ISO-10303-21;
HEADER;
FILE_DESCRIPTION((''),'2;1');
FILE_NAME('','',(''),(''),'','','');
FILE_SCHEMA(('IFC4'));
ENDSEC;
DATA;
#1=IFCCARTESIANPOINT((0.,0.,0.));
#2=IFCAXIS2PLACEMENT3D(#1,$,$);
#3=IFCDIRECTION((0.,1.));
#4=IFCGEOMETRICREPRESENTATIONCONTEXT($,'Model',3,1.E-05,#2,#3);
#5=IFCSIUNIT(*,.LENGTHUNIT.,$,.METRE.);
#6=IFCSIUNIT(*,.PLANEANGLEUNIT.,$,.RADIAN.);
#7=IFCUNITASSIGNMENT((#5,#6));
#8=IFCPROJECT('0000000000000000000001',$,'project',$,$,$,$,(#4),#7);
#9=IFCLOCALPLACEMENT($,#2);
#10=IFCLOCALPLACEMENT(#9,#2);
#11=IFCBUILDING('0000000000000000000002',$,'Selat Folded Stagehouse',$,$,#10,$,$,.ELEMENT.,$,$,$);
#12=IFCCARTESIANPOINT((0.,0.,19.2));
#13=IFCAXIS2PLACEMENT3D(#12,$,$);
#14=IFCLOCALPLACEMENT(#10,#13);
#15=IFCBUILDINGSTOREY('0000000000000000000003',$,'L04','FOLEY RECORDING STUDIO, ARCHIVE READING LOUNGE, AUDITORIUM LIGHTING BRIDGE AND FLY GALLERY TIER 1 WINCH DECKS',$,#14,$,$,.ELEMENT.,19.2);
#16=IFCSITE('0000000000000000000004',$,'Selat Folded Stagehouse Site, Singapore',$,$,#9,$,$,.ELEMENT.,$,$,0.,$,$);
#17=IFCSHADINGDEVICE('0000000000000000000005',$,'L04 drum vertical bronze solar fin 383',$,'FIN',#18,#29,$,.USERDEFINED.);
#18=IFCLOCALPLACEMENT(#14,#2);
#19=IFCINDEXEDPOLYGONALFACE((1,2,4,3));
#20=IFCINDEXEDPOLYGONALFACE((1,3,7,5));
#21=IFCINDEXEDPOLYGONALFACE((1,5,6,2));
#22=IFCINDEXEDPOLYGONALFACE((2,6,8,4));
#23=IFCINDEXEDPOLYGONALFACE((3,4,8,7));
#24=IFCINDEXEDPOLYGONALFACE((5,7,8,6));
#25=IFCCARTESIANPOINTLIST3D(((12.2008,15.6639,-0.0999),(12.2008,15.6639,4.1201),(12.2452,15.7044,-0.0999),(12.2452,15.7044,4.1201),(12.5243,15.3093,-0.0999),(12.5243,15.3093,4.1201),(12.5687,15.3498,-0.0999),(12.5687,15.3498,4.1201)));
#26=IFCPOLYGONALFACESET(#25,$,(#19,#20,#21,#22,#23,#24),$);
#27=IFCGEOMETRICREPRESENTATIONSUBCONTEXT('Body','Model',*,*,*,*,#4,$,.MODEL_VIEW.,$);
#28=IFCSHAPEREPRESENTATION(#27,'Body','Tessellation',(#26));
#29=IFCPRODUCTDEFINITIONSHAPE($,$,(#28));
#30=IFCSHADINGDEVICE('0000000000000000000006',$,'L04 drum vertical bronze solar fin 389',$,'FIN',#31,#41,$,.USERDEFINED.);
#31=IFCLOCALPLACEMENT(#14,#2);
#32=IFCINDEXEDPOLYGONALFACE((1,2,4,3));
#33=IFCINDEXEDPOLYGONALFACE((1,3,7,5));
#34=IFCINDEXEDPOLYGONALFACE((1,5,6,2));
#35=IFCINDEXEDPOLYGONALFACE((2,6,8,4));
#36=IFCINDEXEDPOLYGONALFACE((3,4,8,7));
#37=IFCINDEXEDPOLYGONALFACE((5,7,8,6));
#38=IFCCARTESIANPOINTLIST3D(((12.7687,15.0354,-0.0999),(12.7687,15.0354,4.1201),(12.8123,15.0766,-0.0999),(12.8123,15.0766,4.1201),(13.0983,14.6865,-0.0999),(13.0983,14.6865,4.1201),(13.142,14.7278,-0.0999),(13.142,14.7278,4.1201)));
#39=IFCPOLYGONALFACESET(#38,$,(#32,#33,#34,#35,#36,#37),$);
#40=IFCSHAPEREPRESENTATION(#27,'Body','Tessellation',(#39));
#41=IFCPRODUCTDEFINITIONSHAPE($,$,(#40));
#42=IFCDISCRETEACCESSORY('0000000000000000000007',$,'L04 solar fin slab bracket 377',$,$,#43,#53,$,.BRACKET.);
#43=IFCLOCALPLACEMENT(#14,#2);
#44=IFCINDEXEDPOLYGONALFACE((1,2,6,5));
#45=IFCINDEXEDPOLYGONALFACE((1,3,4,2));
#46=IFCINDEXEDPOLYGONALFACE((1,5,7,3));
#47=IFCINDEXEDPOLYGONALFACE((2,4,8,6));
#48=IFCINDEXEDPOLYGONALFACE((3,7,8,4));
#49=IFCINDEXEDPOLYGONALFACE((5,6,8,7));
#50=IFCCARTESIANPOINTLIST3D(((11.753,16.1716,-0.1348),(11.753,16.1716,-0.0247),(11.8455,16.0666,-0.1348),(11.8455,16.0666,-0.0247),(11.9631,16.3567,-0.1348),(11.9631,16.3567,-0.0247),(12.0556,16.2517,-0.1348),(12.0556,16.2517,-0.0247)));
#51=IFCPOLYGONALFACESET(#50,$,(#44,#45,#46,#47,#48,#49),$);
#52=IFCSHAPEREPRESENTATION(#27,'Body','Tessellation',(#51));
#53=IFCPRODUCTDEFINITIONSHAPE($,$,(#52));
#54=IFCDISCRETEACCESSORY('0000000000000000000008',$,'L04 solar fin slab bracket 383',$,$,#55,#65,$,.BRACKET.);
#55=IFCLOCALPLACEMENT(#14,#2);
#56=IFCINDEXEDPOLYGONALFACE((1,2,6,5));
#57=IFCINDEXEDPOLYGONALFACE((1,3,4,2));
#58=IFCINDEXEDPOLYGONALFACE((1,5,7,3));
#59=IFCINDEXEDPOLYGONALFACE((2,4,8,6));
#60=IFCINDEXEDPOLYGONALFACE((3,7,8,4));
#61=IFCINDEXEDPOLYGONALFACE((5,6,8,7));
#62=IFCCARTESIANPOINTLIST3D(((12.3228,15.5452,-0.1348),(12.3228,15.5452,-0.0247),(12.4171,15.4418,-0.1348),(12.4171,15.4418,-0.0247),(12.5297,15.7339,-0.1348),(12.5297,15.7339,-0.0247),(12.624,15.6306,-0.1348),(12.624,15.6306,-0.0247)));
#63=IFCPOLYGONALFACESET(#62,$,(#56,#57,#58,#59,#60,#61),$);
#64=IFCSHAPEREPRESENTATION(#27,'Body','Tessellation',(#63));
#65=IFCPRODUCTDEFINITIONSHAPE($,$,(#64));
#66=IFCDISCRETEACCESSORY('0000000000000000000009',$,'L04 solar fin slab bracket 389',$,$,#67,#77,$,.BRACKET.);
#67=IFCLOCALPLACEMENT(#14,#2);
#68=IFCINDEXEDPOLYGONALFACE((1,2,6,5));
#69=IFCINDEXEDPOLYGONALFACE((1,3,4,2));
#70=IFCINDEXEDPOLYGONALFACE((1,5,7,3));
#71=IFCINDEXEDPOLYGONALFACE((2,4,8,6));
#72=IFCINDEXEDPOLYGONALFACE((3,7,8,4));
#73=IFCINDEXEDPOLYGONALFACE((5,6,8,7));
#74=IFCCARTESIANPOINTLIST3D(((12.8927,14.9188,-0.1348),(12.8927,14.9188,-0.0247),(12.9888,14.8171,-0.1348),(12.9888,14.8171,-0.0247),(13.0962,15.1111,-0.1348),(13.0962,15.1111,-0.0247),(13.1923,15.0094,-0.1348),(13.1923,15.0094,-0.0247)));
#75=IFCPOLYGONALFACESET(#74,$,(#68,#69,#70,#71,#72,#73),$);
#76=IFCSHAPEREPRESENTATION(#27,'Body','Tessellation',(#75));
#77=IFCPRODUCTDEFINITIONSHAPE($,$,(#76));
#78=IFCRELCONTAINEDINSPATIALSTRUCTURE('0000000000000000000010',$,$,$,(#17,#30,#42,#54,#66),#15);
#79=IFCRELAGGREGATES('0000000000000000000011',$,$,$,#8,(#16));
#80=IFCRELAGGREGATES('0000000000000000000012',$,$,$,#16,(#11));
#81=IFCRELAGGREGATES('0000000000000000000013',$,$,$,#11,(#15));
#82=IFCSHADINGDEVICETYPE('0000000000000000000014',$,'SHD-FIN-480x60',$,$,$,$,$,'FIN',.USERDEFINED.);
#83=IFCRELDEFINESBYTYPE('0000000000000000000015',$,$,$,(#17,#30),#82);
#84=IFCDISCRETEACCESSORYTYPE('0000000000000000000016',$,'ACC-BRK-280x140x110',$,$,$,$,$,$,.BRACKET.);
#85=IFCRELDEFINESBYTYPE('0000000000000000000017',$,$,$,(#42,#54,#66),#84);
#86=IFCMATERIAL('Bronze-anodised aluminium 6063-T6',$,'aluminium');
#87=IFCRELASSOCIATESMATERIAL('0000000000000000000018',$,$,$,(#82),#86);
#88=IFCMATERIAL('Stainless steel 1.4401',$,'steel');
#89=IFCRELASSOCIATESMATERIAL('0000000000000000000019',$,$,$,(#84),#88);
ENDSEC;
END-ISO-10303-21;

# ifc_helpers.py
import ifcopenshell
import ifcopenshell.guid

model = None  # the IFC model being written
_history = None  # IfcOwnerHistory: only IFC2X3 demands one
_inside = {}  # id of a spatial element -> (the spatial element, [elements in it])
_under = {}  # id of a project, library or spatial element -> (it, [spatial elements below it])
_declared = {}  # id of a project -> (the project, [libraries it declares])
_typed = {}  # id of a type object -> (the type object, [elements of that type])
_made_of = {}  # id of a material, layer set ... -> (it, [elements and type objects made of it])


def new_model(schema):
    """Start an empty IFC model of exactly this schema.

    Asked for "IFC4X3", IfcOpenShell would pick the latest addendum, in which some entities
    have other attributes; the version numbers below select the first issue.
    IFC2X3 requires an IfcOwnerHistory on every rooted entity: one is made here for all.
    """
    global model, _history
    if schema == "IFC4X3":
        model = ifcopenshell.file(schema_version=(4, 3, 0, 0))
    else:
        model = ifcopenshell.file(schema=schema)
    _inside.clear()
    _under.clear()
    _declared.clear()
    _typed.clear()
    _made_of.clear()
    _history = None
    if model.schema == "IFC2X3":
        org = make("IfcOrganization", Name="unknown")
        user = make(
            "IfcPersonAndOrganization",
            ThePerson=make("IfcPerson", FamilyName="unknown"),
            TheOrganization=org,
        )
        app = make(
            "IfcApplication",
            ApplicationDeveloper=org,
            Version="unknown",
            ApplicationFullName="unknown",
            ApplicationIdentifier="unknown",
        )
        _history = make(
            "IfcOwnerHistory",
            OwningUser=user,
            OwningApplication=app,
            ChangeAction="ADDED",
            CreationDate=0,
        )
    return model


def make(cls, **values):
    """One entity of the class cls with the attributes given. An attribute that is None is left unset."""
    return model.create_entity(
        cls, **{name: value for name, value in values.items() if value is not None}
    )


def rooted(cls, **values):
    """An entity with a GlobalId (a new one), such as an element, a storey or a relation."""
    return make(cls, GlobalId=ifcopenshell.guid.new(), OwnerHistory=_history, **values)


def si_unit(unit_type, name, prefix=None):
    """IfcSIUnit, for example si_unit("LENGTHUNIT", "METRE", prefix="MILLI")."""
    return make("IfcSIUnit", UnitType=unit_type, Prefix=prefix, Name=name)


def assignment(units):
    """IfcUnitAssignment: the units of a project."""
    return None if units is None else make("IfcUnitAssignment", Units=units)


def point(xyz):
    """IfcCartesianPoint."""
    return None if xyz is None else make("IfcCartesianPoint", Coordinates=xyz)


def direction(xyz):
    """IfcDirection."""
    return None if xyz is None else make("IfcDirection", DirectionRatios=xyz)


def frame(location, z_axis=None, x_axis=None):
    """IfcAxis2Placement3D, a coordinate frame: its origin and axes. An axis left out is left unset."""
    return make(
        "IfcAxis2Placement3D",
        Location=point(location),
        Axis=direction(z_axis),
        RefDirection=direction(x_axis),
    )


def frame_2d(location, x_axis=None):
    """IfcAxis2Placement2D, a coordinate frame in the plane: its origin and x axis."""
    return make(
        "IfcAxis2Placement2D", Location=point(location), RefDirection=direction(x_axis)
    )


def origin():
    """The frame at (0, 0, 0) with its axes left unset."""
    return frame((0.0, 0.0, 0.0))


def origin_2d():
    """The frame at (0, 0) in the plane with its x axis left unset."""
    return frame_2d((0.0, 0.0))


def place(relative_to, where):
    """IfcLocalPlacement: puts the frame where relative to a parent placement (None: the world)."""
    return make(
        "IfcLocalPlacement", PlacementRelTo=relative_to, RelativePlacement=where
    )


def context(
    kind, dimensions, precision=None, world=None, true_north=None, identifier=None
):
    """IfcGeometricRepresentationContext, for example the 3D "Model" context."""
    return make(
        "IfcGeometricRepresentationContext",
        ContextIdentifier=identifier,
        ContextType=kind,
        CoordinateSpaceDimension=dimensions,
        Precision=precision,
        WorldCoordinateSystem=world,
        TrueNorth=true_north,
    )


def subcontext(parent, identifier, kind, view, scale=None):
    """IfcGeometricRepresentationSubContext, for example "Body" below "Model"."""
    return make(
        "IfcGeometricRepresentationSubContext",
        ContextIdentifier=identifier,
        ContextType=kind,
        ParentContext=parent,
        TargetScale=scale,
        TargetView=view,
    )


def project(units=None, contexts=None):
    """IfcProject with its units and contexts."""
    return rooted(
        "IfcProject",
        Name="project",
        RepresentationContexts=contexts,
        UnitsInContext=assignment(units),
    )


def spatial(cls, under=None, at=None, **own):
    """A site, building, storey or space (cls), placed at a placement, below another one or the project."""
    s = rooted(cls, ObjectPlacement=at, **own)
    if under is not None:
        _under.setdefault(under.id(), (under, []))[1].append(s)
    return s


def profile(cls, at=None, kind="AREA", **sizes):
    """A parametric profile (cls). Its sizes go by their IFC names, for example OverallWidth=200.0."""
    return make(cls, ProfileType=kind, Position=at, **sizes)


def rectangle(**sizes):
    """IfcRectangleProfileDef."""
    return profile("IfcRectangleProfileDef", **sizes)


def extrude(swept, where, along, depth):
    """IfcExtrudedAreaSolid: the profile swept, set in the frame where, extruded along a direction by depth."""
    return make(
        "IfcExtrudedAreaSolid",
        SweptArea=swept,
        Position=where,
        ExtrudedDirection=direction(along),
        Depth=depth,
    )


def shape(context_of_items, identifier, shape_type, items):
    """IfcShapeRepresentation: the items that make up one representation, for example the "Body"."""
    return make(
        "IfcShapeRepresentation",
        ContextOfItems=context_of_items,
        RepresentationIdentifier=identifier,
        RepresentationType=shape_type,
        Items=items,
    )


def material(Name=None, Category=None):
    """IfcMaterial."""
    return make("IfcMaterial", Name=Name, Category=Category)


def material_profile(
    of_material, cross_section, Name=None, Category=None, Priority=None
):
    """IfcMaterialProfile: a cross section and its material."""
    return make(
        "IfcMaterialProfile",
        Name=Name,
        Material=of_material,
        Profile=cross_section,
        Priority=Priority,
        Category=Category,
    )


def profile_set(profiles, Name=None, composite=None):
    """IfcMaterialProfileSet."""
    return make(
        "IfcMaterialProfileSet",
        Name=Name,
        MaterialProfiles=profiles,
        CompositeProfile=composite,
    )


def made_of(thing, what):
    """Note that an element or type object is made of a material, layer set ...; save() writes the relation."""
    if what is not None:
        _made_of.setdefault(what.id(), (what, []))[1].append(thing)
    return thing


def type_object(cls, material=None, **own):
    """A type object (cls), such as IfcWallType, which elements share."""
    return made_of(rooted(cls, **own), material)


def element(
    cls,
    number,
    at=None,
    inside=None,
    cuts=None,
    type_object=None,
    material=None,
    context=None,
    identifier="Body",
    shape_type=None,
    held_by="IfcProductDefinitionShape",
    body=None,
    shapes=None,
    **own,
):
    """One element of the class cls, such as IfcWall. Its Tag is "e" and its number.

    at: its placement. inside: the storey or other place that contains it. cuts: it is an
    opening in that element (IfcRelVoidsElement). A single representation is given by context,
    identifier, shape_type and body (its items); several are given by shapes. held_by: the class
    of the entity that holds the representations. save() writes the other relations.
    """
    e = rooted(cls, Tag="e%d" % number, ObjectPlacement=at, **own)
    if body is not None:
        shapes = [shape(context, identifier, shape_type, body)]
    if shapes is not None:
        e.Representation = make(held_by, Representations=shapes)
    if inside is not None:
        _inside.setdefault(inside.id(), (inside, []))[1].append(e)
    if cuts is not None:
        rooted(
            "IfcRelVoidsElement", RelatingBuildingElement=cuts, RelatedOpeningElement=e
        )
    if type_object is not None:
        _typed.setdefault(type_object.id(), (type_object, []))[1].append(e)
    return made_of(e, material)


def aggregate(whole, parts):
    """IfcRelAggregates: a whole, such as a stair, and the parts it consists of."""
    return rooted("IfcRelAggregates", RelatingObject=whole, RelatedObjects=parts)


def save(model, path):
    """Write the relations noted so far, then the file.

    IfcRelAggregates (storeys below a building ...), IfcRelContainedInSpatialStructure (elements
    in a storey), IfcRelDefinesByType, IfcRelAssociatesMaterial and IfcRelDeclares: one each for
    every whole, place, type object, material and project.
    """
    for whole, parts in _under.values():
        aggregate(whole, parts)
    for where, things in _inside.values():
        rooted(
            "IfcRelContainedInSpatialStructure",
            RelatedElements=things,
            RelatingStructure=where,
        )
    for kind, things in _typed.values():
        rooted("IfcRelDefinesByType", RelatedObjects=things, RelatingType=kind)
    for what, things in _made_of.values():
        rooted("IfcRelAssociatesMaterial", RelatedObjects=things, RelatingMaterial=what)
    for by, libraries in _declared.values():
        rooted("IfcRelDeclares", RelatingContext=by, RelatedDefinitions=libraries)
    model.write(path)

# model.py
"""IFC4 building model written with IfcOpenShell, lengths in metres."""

from ifc_helpers import new_model, si_unit, direction, frame, origin, origin_2d, place, context, subcontext, project, spatial, rectangle, extrude, material, material_profile, profile_set, type_object, element, save


model = new_model("IFC4")

# Units and contexts
model_context = context("Model", 3, precision=1e-05, world=origin(), true_north=direction((0.0, 1.0)))
body_context = subcontext(model_context, "Body", "Model", "MODEL_VIEW")
ifc_project = project(units=[si_unit("LENGTHUNIT", "METRE"), si_unit("PLANEANGLEUNIT", "RADIAN")], contexts=[model_context])

# Site, building, storey
site_placement = place(None, origin())
site = spatial("IfcSite", under=ifc_project, at=site_placement, Name="Selat Folded Stagehouse Site, Singapore", CompositionType="ELEMENT", RefElevation=0.0)
building_placement = place(site_placement, origin())
building = spatial("IfcBuilding", under=site, at=building_placement, Name="Selat Folded Stagehouse", CompositionType="ELEMENT")
storey_placement = place(building_placement, frame((0.0, 0.0, 19.2)))
storey = spatial("IfcBuildingStorey", under=building, at=storey_placement, Name="L04", Description="FOLEY RECORDING STUDIO, ARCHIVE READING LOUNGE, AUDITORIUM LIGHTING BRIDGE AND FLY GALLERY TIER 1 WINCH DECKS", CompositionType="ELEMENT", Elevation=19.2)

# Shading devices
ifc_material_1 = material(Name="Bronze-anodised aluminium 6063-T6", Category="aluminium")
ifc_material_profile_1 = material_profile(ifc_material_1, rectangle(XDim=0.0601, YDim=0.48, at=origin_2d()), Name="SOLAR-FIN 480x60")
ifc_profile_set_1 = profile_set([ifc_material_profile_1], Name="Bronze-anodised aluminium 6063-T6")
shading_device_type = type_object("IfcShadingDeviceType", Name="SHD-FIN-480x60", ElementType="FIN", PredefinedType="USERDEFINED", material=ifc_profile_set_1)
for number, where, z_axis, x_axis, name in (
    (1, (12.3848, 15.5068, -0.0999), (0.0, 0.0, 1.0), (-0.738691, -0.674045, 0.0), "L04 drum vertical bronze solar fin 383"),
    (2, (12.9553, 14.8816, -0.0999), (0.0, 0.0, 1.0), (-0.726814, -0.686834, 0.0), "L04 drum vertical bronze solar fin 389"),
):
    element("IfcShadingDevice", number, at=place(storey_placement, frame(where, z_axis=z_axis, x_axis=x_axis)), inside=storey, type_object=shading_device_type, Name=name, ObjectType="FIN", PredefinedType="USERDEFINED", context=body_context, shape_type="SweptSolid", body=[
        extrude(rectangle(XDim=0.0601, YDim=0.48, at=origin_2d()), origin(), (0.0, 0.0, 1.0), 4.22),
    ])

# Discrete accessories
ifc_material_2 = material(Name="Stainless steel 1.4401", Category="steel")
discrete_accessory_type = type_object("IfcDiscreteAccessoryType", Name="ACC-BRK-280x140x110", PredefinedType="BRACKET", material=ifc_material_2)
for number, where, z_axis, x_axis, name in (
    (3, (11.9043, 16.2117, -0.1348), (0.0, 0.0, 1.0), (-0.750457, -0.660919, 0.0), "L04 solar fin slab bracket 377"),
    (4, (12.4734, 15.5879, -0.1348), (0.0, 0.0, 1.0), (-0.738691, -0.674045, 0.0), "L04 solar fin slab bracket 383"),
    (5, (13.0425, 14.9641, -0.1348), (0.0, 0.0, 1.0), (-0.726814, -0.686834, 0.0), "L04 solar fin slab bracket 389"),
):
    element("IfcDiscreteAccessory", number, at=place(storey_placement, frame(where, z_axis=z_axis, x_axis=x_axis)), inside=storey, type_object=discrete_accessory_type, Name=name, PredefinedType="BRACKET", context=body_context, shape_type="SweptSolid", body=[
        extrude(rectangle(XDim=0.28, YDim=0.1399, at=origin_2d()), origin(), (0.0, 0.0, 1.0), 0.1101),
    ])

save(model, "model.ifc")
